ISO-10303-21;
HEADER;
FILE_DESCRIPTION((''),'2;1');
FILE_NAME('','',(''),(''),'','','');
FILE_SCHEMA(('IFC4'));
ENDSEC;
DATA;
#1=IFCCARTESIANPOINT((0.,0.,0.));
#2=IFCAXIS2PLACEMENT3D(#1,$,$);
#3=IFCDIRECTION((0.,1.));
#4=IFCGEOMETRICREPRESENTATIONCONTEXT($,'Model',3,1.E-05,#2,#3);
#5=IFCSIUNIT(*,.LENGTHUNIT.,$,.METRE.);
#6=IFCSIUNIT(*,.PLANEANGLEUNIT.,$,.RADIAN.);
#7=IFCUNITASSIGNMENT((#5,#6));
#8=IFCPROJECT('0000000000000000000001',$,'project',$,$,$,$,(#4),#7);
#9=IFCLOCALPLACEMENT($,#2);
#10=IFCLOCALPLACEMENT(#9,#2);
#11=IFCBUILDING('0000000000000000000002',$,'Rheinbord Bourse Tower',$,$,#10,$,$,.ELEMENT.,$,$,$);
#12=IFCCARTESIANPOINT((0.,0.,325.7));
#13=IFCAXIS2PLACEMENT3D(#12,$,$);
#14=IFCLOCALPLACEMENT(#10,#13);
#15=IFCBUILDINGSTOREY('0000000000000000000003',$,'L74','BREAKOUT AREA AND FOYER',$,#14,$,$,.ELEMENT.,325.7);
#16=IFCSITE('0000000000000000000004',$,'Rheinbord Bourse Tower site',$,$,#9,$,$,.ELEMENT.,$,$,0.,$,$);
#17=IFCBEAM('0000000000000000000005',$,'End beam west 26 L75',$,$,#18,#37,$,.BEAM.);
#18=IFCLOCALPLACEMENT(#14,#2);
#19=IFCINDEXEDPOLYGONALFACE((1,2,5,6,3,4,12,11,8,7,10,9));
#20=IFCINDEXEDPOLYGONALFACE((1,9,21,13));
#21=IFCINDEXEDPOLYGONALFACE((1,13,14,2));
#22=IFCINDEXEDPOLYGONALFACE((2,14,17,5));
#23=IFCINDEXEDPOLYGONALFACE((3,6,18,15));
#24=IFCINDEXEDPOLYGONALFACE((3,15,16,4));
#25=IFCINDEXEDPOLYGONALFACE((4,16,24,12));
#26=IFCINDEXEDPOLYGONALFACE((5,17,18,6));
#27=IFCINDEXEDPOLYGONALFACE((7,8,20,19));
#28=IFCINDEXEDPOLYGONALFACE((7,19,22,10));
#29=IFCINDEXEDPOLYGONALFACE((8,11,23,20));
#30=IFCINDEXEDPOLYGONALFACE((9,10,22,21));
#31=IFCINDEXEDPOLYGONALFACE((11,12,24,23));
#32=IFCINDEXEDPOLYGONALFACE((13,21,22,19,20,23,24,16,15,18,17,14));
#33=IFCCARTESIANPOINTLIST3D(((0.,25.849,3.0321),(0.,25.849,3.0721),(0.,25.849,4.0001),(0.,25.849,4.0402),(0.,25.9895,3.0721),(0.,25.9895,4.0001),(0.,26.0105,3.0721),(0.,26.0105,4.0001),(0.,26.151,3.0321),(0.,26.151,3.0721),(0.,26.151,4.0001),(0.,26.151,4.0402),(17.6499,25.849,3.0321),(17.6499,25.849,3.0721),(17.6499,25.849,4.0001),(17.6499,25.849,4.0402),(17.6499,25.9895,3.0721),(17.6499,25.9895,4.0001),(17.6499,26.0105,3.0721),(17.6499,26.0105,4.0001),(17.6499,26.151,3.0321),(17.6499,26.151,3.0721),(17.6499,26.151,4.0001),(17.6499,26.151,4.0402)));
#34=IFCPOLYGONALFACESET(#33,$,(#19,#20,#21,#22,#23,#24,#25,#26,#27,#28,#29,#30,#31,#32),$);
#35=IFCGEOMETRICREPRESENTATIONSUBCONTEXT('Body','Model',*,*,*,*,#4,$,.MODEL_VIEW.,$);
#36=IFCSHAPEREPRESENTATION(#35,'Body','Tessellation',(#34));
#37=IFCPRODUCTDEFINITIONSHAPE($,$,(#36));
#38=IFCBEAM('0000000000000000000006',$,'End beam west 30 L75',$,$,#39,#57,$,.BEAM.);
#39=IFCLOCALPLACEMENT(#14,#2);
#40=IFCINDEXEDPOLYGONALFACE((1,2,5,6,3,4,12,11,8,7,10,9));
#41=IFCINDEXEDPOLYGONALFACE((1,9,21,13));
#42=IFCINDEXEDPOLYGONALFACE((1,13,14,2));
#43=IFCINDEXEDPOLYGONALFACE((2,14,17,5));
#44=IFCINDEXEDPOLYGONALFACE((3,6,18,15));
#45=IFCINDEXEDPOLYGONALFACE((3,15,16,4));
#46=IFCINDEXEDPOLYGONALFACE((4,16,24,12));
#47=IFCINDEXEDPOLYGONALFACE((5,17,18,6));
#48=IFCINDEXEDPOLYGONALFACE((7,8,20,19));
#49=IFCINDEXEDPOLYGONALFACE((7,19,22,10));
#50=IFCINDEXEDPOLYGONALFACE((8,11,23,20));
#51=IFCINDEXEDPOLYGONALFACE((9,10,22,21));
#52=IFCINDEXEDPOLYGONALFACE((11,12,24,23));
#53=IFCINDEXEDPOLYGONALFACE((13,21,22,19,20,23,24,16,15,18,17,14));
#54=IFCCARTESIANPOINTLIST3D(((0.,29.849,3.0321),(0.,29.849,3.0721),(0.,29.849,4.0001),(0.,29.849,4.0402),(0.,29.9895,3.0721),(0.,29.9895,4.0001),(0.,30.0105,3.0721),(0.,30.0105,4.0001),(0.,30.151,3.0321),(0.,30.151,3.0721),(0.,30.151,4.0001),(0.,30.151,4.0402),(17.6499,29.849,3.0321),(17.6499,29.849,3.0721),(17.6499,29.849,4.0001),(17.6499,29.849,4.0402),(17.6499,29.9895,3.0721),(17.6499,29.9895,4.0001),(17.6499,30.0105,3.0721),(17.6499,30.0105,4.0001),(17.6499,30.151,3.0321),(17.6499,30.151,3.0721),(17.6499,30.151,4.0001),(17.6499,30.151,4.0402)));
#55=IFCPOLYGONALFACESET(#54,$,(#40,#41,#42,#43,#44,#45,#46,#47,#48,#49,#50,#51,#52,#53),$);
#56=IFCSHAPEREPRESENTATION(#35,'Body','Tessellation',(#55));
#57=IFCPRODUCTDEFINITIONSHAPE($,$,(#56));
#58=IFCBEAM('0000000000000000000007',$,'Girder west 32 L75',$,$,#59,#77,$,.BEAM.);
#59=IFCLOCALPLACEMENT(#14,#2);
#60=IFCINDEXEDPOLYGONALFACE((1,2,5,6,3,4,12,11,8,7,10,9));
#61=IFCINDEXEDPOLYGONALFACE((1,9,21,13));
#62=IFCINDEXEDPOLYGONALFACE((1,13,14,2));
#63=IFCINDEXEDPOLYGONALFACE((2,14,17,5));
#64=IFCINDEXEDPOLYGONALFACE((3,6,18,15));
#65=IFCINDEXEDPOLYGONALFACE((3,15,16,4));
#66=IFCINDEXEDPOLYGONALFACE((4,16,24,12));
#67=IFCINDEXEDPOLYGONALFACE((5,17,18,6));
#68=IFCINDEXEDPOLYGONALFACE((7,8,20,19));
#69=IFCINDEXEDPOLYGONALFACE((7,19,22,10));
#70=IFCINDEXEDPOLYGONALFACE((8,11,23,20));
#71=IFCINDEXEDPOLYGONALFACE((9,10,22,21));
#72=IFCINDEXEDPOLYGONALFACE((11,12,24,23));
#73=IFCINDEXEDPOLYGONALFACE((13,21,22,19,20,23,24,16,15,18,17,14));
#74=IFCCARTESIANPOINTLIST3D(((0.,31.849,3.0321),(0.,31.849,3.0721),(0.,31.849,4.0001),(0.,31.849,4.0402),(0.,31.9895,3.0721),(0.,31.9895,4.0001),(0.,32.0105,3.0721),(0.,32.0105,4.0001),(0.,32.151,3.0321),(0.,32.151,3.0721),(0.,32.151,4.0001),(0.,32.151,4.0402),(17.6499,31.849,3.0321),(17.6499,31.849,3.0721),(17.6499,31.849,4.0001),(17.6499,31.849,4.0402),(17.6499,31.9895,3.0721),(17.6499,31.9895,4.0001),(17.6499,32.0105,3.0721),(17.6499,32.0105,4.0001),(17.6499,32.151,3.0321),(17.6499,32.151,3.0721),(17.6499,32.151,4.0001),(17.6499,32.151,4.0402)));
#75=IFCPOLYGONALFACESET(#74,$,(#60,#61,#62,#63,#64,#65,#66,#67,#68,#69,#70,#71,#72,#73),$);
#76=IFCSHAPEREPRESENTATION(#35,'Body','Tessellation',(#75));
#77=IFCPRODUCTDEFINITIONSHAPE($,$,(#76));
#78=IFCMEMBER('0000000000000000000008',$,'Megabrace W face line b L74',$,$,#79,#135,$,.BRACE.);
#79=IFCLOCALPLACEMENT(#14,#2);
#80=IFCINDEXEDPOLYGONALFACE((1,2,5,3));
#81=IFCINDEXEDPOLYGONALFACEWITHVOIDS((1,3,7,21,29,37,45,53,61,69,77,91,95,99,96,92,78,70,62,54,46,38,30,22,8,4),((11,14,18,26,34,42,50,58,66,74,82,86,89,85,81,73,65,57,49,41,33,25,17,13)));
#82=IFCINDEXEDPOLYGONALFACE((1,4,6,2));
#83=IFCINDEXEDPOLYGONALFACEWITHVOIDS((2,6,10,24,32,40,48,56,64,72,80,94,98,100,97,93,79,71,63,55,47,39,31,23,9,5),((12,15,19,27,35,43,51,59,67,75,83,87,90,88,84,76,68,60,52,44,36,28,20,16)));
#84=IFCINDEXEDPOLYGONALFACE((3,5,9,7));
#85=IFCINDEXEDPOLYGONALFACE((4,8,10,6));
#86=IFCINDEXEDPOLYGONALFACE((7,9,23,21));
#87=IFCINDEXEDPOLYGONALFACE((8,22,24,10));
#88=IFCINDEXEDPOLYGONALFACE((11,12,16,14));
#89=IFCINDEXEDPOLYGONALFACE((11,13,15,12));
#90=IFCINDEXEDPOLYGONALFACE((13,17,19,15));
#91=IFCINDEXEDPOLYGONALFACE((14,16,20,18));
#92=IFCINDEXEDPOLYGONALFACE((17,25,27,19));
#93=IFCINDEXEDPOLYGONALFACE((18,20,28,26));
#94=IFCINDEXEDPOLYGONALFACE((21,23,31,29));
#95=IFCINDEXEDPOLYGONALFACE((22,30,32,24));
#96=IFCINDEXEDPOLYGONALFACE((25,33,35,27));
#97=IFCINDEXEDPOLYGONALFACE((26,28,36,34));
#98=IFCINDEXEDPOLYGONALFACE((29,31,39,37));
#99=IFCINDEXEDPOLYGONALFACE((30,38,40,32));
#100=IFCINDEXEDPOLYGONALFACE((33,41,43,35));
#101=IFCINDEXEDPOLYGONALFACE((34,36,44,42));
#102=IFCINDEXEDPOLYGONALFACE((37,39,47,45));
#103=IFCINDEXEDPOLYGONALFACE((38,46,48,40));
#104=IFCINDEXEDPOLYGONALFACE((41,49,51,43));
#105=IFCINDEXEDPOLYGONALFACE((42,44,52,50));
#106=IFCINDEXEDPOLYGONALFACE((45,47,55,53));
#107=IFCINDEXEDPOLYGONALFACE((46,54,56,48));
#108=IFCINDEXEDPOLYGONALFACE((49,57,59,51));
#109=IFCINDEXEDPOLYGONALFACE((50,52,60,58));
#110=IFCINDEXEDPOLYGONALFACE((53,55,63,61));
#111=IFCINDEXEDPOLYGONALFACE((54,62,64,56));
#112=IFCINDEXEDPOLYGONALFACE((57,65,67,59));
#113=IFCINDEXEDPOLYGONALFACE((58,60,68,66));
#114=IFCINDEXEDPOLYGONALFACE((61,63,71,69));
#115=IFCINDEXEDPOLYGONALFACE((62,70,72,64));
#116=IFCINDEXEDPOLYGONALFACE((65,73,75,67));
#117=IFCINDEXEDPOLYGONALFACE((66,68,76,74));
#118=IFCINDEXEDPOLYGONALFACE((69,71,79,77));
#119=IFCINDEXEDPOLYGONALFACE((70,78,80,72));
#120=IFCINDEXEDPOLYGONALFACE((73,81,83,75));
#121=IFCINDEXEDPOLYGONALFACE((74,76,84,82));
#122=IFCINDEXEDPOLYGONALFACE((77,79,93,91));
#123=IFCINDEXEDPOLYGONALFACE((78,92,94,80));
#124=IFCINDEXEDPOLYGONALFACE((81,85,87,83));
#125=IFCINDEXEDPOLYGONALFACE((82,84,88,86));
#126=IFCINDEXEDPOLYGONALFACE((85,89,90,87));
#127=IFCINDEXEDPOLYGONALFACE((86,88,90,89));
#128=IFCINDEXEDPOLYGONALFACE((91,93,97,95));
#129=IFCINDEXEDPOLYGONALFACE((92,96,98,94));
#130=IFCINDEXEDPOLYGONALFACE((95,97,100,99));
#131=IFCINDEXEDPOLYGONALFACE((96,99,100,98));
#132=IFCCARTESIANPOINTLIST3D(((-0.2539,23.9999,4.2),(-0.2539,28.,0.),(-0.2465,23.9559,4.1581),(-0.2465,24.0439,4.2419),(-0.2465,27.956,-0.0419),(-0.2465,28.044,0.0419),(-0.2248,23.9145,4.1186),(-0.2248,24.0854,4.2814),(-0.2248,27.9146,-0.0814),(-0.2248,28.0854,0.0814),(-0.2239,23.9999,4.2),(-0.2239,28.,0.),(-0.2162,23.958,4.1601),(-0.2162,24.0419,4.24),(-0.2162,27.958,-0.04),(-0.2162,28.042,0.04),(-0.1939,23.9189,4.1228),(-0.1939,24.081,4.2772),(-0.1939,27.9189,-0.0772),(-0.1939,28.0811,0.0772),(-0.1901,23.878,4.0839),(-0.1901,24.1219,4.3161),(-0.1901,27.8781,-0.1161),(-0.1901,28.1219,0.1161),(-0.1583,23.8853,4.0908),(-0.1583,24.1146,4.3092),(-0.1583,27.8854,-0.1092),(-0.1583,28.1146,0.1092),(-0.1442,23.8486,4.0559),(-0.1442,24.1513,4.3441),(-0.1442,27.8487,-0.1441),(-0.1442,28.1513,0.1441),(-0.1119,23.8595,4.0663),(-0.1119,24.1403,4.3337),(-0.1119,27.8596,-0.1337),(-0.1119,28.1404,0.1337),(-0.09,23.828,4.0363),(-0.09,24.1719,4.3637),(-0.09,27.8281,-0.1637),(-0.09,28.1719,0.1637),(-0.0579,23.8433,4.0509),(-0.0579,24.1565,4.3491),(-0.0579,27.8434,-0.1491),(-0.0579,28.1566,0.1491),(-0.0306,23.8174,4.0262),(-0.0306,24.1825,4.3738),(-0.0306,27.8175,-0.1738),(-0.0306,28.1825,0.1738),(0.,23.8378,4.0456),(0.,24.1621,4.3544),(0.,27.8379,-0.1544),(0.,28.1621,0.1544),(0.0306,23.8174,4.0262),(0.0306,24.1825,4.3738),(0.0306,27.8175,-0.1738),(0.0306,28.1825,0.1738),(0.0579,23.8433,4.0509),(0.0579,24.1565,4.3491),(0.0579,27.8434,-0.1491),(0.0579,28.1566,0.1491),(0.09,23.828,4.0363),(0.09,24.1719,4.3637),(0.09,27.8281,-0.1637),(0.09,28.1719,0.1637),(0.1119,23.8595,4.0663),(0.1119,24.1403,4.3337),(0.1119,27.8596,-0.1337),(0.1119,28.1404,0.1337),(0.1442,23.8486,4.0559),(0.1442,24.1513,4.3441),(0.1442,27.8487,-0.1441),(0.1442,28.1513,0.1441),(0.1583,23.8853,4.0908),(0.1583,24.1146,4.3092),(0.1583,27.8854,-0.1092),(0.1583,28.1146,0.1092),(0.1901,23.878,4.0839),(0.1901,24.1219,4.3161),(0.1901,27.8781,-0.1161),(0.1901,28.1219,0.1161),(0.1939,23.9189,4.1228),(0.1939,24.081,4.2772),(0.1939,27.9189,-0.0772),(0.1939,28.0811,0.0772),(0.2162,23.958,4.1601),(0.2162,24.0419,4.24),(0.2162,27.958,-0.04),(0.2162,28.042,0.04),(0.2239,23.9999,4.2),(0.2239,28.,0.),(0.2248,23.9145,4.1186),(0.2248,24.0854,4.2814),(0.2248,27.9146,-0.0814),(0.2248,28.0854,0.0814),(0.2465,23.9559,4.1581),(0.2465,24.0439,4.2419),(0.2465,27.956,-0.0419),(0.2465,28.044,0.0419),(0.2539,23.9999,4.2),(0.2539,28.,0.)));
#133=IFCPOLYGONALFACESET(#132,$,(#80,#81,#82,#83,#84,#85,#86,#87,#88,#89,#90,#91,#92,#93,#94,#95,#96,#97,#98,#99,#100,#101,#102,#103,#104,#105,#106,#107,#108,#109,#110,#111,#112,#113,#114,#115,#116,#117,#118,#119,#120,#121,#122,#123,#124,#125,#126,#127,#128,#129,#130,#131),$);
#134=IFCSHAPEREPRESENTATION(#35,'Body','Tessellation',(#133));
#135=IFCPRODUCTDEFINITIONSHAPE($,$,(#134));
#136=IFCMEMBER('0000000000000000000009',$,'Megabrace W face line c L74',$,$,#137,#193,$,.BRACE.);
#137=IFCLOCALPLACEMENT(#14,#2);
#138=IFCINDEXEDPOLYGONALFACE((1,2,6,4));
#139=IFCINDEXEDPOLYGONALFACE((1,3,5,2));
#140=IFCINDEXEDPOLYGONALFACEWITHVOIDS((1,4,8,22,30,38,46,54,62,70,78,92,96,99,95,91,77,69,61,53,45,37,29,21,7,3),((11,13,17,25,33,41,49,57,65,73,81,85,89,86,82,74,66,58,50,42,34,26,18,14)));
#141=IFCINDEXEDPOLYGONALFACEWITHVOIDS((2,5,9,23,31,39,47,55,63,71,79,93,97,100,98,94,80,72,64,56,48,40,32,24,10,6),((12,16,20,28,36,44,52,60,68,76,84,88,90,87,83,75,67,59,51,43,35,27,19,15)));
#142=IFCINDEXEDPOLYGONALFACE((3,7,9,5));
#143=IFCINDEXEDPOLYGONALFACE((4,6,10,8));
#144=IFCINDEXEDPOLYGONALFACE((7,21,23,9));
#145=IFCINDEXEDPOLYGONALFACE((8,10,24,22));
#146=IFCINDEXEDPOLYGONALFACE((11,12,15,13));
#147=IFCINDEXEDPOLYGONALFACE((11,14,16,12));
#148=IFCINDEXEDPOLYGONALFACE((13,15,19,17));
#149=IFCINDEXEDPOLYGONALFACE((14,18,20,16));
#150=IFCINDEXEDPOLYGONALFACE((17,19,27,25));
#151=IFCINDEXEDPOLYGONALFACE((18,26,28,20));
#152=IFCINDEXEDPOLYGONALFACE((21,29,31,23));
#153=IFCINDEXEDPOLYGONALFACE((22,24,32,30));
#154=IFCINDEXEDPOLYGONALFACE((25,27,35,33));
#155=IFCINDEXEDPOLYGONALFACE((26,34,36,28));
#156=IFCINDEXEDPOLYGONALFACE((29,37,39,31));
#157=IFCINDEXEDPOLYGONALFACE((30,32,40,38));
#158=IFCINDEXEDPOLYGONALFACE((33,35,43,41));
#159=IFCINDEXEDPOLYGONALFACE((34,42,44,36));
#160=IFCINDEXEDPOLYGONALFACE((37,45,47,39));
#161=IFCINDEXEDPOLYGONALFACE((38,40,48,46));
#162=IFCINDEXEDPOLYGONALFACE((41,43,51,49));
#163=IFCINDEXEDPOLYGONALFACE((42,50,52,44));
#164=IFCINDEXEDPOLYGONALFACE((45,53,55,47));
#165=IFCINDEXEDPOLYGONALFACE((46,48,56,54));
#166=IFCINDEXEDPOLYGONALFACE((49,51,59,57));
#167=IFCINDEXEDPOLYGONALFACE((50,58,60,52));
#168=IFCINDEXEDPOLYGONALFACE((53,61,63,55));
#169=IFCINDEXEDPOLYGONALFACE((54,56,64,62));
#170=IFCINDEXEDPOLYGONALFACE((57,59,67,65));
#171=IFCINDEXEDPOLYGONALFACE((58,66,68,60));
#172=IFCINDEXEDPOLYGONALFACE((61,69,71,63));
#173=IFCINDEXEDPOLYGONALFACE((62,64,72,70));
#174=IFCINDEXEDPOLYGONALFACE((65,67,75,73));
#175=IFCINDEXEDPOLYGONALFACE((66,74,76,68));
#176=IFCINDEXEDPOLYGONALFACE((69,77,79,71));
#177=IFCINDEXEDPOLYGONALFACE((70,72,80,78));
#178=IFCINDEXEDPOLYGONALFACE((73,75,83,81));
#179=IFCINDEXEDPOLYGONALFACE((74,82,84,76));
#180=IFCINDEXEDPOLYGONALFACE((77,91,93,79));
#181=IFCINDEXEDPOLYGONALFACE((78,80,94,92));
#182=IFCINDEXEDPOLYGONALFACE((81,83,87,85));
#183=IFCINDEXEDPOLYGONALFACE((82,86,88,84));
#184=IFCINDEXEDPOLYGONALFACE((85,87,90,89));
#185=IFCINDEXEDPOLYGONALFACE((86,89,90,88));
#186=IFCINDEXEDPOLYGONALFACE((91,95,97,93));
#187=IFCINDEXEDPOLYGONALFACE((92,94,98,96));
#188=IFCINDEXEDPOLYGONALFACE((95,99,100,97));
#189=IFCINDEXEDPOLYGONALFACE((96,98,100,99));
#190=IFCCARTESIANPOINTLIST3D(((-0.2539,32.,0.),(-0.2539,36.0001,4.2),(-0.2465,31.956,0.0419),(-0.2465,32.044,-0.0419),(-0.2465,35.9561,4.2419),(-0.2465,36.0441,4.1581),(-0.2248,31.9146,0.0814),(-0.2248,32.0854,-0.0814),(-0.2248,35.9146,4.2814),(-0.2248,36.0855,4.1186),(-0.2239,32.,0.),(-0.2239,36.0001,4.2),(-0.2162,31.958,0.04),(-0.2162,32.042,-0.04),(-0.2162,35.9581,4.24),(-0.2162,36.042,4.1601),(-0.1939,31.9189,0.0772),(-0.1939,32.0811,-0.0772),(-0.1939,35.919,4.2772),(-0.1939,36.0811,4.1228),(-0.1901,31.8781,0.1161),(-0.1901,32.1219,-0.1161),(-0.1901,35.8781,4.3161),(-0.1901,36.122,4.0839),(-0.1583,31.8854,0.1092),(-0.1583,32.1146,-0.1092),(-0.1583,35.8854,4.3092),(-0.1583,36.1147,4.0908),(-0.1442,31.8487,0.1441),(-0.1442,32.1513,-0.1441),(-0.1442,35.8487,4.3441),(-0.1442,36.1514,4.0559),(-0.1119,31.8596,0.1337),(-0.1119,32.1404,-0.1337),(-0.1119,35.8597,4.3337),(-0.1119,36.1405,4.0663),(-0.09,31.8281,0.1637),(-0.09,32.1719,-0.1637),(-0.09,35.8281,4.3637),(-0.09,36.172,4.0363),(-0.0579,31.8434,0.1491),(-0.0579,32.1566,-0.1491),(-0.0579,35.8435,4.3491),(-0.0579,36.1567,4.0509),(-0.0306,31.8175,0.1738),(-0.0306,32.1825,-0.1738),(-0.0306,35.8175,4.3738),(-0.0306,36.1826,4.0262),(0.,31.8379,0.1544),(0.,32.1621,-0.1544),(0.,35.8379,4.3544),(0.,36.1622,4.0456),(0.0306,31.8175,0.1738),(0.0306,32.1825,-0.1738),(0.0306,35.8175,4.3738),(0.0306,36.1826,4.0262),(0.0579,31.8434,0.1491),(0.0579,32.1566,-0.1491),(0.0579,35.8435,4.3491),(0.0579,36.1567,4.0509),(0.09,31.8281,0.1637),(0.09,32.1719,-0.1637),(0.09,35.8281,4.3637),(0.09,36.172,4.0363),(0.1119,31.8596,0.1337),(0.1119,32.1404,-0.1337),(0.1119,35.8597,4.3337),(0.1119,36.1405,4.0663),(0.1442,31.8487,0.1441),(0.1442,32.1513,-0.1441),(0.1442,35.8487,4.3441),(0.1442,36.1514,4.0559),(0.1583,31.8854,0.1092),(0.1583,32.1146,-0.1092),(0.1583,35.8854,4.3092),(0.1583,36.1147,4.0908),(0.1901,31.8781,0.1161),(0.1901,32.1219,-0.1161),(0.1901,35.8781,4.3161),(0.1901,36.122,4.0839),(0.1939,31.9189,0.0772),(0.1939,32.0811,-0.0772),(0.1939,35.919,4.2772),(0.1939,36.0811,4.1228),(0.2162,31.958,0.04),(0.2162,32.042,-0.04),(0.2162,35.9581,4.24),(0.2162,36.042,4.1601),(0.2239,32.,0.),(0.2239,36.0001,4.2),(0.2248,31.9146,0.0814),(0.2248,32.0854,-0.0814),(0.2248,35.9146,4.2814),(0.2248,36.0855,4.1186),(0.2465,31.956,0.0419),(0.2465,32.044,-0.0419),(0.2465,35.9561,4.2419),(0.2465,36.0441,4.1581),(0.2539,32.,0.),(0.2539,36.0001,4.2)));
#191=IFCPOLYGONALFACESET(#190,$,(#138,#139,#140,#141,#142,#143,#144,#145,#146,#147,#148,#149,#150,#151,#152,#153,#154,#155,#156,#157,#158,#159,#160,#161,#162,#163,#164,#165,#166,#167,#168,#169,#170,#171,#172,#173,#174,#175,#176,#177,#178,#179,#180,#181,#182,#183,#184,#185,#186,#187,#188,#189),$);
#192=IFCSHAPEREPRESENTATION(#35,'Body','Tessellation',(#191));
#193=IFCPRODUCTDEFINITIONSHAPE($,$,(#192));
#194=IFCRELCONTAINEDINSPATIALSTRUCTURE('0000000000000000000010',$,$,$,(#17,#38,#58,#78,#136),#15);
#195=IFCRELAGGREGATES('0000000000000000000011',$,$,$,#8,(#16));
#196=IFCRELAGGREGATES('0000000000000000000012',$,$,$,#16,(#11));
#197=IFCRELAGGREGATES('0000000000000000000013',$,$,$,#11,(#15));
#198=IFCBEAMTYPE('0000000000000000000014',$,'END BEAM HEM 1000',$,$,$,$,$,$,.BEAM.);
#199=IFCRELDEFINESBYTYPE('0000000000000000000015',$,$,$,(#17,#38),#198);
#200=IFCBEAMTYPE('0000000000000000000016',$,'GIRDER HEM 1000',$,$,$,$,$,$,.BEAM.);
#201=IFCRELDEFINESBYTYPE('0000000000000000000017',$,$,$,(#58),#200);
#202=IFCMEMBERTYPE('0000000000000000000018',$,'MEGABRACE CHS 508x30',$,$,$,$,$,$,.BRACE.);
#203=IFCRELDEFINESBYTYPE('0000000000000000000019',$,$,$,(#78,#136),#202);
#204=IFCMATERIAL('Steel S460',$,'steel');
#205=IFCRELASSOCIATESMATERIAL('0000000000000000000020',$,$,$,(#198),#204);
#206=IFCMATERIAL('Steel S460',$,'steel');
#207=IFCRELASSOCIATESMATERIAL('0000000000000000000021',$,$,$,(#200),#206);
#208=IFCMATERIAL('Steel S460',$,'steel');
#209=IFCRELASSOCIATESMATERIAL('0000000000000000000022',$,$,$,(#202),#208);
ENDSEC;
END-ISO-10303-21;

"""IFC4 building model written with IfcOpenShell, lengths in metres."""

from ifc_helpers import new_model, si_unit, direction, frame, origin, origin_2d, place, context, subcontext, project, spatial, hollow_circle, i_section, extrude, material, material_profile, profile_set, type_object, element, save


model = new_model("IFC4")

# Units and contexts
model_context = context("Model", 3, precision=1e-05, world=origin(), true_north=direction((0.0, 1.0)))
body_context = subcontext(model_context, "Body", "Model", "MODEL_VIEW")
ifc_project = project(units=[si_unit("LENGTHUNIT", "METRE"), si_unit("PLANEANGLEUNIT", "RADIAN")], contexts=[model_context])

# Site, building, storey
site_placement = place(None, origin())
site = spatial("IfcSite", under=ifc_project, at=site_placement, Name="Rheinbord Bourse Tower site", CompositionType="ELEMENT", RefElevation=0.0)
building_placement = place(site_placement, origin())
building = spatial("IfcBuilding", under=site, at=building_placement, Name="Rheinbord Bourse Tower", CompositionType="ELEMENT")
storey_placement = place(building_placement, frame((0.0, 0.0, 325.7)))
storey = spatial("IfcBuildingStorey", under=building, at=storey_placement, Name="L74", Description="BREAKOUT AREA AND FOYER", CompositionType="ELEMENT", Elevation=325.7)

# Beams
ifc_material_1 = material(Name="Steel S460", Category="steel")
ifc_material_profile_1 = material_profile(ifc_material_1, i_section(OverallWidth=0.302, OverallDepth=1.0081, WebThickness=0.021, FlangeThickness=0.04, at=origin_2d()), Name="HEM 1000")
ifc_profile_set_1 = profile_set([ifc_material_profile_1], Name="Steel S460")
beam_type_1 = type_object("IfcBeamType", Name="END BEAM HEM 1000", PredefinedType="BEAM", material=ifc_profile_set_1)
for number, where, z_axis, x_axis, name in (
    (1, (0.0, 26.0, 3.5361), (1.0, 0.0, 0.0), (0.0, 1.0, 0.0), "End beam west 26 L75"),
    (2, (0.0, 30.0, 3.5361), (1.0, 0.0, 0.0), (0.0, 1.0, 0.0), "End beam west 30 L75"),
):
    element("IfcBeam", number, at=place(storey_placement, frame(where, z_axis=z_axis, x_axis=x_axis)), inside=storey, type_object=beam_type_1, Name=name, PredefinedType="BEAM", context=body_context, shape_type="SweptSolid", body=[
        extrude(i_section(OverallWidth=0.302, OverallDepth=1.0081, WebThickness=0.021, FlangeThickness=0.04, at=origin_2d()), origin(), (0.0, 0.0, 1.0), 17.6499),
    ])
ifc_material_2 = material(Name="Steel S460", Category="steel")
ifc_material_profile_2 = material_profile(ifc_material_2, i_section(OverallWidth=0.302, OverallDepth=1.0081, WebThickness=0.021, FlangeThickness=0.04, at=origin_2d()), Name="HEM 1000")
ifc_profile_set_2 = profile_set([ifc_material_profile_2], Name="Steel S460")
beam_type_2 = type_object("IfcBeamType", Name="GIRDER HEM 1000", PredefinedType="BEAM", material=ifc_profile_set_2)
beam_placement = place(storey_placement, frame((0.0, 32.0, 3.5361), z_axis=(1.0, 0.0, 0.0), x_axis=(0.0, 1.0, 0.0)))
element("IfcBeam", 3, at=beam_placement, inside=storey, type_object=beam_type_2, Name="Girder west 32 L75", PredefinedType="BEAM", context=body_context, shape_type="SweptSolid", body=[
    extrude(i_section(OverallWidth=0.302, OverallDepth=1.0081, WebThickness=0.021, FlangeThickness=0.04, at=origin_2d()), origin(), (0.0, 0.0, 1.0), 17.6499),
])

# Members
ifc_material_3 = material(Name="Steel S460", Category="steel")
ifc_material_profile_3 = material_profile(ifc_material_3, hollow_circle(Radius=0.2539, WallThickness=0.03, at=origin_2d()), Name="CHS 508x30")
ifc_profile_set_3 = profile_set([ifc_material_profile_3], Name="Steel S460")
member_type_1 = type_object("IfcMemberType", Name="MEGABRACE CHS 508x30", PredefinedType="BRACE", material=ifc_profile_set_3)
for number, where, z_axis, x_axis, name in (
    (4, (0.0, 28.0, 0.0), (0.0, -0.689659, 0.724134), (1.0, 0.0, 0.0), "Megabrace W face line b L74"),
    (5, (0.0, 32.0, 0.0), (0.0, 0.689659, 0.724134), (-1.0, 0.0, 0.0), "Megabrace W face line c L74"),
):
    element("IfcMember", number, at=place(storey_placement, frame(where, z_axis=z_axis, x_axis=x_axis)), inside=storey, type_object=member_type_1, Name=name, PredefinedType="BRACE", context=body_context, shape_type="SweptSolid", body=[
        extrude(hollow_circle(Radius=0.2539, WallThickness=0.03, at=origin_2d()), origin(), (0.0, 0.0, 1.0), 5.8),
    ])

save(model, "model.ifc")
